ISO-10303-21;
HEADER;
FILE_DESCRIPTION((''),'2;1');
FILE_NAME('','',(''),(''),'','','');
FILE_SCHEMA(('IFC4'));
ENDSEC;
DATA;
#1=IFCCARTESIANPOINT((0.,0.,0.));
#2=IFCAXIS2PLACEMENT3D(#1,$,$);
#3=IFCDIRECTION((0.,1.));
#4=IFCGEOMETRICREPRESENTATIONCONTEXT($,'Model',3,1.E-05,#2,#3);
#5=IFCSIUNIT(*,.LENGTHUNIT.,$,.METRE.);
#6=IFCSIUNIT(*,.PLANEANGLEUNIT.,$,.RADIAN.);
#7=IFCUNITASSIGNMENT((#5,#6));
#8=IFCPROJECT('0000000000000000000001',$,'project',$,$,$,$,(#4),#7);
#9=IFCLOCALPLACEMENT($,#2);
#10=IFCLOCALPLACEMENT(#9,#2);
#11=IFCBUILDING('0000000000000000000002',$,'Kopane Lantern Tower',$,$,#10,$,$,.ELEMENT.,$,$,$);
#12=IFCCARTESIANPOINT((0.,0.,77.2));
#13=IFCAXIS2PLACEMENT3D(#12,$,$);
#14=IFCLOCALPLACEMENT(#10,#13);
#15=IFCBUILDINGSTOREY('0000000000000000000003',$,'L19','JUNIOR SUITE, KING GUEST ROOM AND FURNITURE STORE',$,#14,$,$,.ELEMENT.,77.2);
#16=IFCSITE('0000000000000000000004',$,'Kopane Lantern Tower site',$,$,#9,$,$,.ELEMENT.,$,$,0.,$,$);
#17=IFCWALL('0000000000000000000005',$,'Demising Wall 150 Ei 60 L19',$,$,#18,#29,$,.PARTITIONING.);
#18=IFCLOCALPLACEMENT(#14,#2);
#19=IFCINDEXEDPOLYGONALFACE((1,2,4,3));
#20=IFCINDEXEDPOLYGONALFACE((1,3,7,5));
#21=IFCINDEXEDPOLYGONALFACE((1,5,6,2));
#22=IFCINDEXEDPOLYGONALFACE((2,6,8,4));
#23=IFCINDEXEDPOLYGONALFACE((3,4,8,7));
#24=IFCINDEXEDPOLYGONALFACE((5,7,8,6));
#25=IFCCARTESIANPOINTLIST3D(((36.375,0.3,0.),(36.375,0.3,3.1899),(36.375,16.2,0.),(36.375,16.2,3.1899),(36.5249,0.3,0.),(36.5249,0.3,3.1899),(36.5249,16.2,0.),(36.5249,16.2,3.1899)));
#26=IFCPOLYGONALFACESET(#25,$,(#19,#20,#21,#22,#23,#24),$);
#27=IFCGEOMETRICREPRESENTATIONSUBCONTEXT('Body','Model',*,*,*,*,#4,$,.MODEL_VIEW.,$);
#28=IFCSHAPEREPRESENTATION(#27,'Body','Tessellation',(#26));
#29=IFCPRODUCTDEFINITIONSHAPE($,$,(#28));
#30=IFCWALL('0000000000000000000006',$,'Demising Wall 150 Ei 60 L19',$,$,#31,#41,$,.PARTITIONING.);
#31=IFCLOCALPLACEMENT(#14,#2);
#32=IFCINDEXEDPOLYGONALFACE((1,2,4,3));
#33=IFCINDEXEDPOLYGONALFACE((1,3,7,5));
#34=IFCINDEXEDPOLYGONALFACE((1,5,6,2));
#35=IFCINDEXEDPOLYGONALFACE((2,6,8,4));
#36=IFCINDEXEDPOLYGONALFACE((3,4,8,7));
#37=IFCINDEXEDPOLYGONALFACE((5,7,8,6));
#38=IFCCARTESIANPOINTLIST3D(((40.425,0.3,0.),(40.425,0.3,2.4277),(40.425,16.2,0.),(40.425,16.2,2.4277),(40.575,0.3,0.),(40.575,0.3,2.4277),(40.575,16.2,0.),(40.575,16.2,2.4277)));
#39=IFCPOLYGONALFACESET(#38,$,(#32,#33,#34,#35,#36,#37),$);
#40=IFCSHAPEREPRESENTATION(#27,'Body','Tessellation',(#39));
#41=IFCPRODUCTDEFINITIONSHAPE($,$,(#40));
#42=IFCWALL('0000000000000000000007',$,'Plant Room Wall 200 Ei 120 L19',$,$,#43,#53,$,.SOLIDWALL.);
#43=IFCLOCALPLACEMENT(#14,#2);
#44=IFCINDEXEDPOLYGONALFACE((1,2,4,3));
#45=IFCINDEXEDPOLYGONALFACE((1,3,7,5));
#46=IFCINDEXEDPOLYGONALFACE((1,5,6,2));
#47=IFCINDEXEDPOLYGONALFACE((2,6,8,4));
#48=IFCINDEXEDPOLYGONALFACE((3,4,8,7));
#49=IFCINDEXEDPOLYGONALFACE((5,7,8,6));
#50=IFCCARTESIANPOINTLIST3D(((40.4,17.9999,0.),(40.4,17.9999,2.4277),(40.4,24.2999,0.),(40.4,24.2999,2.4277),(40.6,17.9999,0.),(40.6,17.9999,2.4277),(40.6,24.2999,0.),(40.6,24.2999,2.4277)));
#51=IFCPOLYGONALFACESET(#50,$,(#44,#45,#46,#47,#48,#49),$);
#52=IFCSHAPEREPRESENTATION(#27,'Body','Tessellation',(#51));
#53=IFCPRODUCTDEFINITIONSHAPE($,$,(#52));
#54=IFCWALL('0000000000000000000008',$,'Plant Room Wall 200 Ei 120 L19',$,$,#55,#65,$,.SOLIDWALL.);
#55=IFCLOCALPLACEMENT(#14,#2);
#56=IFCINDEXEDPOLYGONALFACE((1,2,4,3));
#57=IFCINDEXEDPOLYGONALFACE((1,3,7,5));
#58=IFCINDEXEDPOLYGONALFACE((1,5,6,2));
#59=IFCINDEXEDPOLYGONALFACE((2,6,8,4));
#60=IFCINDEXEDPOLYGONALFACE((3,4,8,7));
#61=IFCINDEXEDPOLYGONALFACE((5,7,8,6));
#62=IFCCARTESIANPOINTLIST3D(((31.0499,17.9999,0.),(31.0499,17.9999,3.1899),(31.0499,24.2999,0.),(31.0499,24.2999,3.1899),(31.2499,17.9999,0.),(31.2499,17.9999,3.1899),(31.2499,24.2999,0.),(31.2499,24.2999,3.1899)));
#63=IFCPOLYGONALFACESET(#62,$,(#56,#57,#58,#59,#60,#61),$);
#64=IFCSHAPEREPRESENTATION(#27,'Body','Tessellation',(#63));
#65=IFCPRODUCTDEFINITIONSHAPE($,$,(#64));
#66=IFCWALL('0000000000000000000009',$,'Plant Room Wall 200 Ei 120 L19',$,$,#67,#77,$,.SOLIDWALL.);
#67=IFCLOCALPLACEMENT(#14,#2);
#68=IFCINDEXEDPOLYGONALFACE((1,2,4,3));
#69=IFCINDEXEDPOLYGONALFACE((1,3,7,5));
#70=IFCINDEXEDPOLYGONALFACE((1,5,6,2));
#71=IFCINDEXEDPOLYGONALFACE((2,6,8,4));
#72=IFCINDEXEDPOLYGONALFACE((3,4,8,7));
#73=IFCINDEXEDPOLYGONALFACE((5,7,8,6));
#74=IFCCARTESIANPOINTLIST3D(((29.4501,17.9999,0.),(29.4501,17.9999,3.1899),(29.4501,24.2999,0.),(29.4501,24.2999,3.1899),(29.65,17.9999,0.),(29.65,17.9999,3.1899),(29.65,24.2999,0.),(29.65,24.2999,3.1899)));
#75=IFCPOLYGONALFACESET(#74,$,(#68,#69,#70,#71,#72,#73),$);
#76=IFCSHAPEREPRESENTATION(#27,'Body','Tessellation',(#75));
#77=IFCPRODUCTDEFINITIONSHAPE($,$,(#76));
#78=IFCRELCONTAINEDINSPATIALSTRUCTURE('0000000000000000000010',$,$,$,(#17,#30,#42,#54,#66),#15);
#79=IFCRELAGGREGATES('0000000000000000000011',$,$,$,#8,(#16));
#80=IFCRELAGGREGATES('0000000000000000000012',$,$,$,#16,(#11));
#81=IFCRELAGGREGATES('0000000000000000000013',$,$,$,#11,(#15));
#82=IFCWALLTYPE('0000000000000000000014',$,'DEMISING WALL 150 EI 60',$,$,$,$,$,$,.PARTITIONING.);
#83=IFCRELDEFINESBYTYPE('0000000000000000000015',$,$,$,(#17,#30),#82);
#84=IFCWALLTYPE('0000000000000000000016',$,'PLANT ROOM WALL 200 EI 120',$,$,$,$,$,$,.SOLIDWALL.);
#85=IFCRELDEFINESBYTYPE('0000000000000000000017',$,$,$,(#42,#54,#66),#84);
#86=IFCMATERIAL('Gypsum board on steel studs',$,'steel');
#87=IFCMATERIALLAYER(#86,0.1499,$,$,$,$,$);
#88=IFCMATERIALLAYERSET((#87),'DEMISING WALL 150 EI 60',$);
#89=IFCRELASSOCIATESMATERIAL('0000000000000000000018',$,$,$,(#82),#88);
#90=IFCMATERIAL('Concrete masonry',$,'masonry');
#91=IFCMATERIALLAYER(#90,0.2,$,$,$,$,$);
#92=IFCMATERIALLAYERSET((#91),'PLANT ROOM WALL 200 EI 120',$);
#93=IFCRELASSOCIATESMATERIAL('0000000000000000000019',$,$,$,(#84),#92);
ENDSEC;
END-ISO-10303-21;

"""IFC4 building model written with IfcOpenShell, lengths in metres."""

from ifc_helpers import new_model, si_unit, direction, frame, frame_2d, origin, place, context, subcontext, project, spatial, rectangle, extrude, material, layer, layer_set, type_object, element, save


model = new_model("IFC4")

# Units and contexts
model_context = context("Model", 3, precision=1e-05, world=origin(), true_north=direction((0.0, 1.0)))
body_context = subcontext(model_context, "Body", "Model", "MODEL_VIEW")
ifc_project = project(units=[si_unit("LENGTHUNIT", "METRE"), si_unit("PLANEANGLEUNIT", "RADIAN")], contexts=[model_context])

# Site, building, storey
site_placement = place(None, origin())
site = spatial("IfcSite", under=ifc_project, at=site_placement, Name="Kopane Lantern Tower site", CompositionType="ELEMENT", RefElevation=0.0)
building_placement = place(site_placement, origin())
building = spatial("IfcBuilding", under=site, at=building_placement, Name="Kopane Lantern Tower", CompositionType="ELEMENT")
storey_placement = place(building_placement, frame((0.0, 0.0, 77.2)))
storey = spatial("IfcBuildingStorey", under=building, at=storey_placement, Name="L19", Description="JUNIOR SUITE, KING GUEST ROOM AND FURNITURE STORE", CompositionType="ELEMENT", Elevation=77.2)

# Walls
ifc_material_1 = material(Name="Gypsum board on steel studs", Category="steel")
ifc_layer_1 = layer(ifc_material_1, 0.1499)
ifc_layer_set_1 = layer_set([ifc_layer_1], Name="DEMISING WALL 150 EI 60")
wall_type_1 = type_object("IfcWallType", Name="DEMISING WALL 150 EI 60", PredefinedType="PARTITIONING", material=ifc_layer_set_1)
wall_1_placement = place(storey_placement, frame((36.45, 16.2, 0.0), z_axis=(0.0, 0.0, 1.0), x_axis=(0.0, -1.0, 0.0)))
element("IfcWall", 1, at=wall_1_placement, inside=storey, type_object=wall_type_1, Name="Demising Wall 150 Ei 60 L19", PredefinedType="PARTITIONING", context=body_context, shape_type="SweptSolid", body=[
    extrude(rectangle(XDim=15.8999, YDim=0.1499, at=frame_2d((7.95, 0.0))), origin(), (0.0, 0.0, 1.0), 3.1899),
])
wall_2_placement = place(storey_placement, frame((40.5, 16.2, 0.0), z_axis=(0.0, 0.0, 1.0), x_axis=(0.0, -1.0, 0.0)))
element("IfcWall", 2, at=wall_2_placement, inside=storey, type_object=wall_type_1, Name="Demising Wall 150 Ei 60 L19", PredefinedType="PARTITIONING", context=body_context, shape_type="SweptSolid", body=[
    extrude(rectangle(XDim=15.8999, YDim=0.1499, at=frame_2d((7.95, 0.0))), origin(), (0.0, 0.0, 1.0), 2.4277),
])
ifc_material_2 = material(Name="Concrete masonry", Category="masonry")
ifc_layer_2 = layer(ifc_material_2, 0.2)
ifc_layer_set_2 = layer_set([ifc_layer_2], Name="PLANT ROOM WALL 200 EI 120")
wall_type_2 = type_object("IfcWallType", Name="PLANT ROOM WALL 200 EI 120", PredefinedType="SOLIDWALL", material=ifc_layer_set_2)
wall_3_placement = place(storey_placement, frame((40.5, 18.0, 0.0), z_axis=(0.0, 0.0, 1.0), x_axis=(0.0, 1.0, 0.0)))
element("IfcWall", 3, at=wall_3_placement, inside=storey, type_object=wall_type_2, Name="Plant Room Wall 200 Ei 120 L19", PredefinedType="SOLIDWALL", context=body_context, shape_type="SweptSolid", body=[
    extrude(rectangle(XDim=6.3, YDim=0.2, at=frame_2d((3.1499, 0.0))), origin(), (0.0, 0.0, 1.0), 2.4277),
])
for number, where, z_axis, x_axis, name in (
    (4, (31.1499, 18.0, 0.0), (0.0, 0.0, 1.0), (0.0, 1.0, 0.0), "Plant Room Wall 200 Ei 120 L19"),
    (5, (29.55, 18.0, 0.0), (0.0, 0.0, 1.0), (0.0, 1.0, 0.0), "Plant Room Wall 200 Ei 120 L19"),
):
    element("IfcWall", number, at=place(storey_placement, frame(where, z_axis=z_axis, x_axis=x_axis)), inside=storey, type_object=wall_type_2, Name=name, PredefinedType="SOLIDWALL", context=body_context, shape_type="SweptSolid", body=[
        extrude(rectangle(XDim=6.3, YDim=0.2, at=frame_2d((3.1499, 0.0))), origin(), (0.0, 0.0, 1.0), 3.1899),
    ])

save(model, "model.ifc")
